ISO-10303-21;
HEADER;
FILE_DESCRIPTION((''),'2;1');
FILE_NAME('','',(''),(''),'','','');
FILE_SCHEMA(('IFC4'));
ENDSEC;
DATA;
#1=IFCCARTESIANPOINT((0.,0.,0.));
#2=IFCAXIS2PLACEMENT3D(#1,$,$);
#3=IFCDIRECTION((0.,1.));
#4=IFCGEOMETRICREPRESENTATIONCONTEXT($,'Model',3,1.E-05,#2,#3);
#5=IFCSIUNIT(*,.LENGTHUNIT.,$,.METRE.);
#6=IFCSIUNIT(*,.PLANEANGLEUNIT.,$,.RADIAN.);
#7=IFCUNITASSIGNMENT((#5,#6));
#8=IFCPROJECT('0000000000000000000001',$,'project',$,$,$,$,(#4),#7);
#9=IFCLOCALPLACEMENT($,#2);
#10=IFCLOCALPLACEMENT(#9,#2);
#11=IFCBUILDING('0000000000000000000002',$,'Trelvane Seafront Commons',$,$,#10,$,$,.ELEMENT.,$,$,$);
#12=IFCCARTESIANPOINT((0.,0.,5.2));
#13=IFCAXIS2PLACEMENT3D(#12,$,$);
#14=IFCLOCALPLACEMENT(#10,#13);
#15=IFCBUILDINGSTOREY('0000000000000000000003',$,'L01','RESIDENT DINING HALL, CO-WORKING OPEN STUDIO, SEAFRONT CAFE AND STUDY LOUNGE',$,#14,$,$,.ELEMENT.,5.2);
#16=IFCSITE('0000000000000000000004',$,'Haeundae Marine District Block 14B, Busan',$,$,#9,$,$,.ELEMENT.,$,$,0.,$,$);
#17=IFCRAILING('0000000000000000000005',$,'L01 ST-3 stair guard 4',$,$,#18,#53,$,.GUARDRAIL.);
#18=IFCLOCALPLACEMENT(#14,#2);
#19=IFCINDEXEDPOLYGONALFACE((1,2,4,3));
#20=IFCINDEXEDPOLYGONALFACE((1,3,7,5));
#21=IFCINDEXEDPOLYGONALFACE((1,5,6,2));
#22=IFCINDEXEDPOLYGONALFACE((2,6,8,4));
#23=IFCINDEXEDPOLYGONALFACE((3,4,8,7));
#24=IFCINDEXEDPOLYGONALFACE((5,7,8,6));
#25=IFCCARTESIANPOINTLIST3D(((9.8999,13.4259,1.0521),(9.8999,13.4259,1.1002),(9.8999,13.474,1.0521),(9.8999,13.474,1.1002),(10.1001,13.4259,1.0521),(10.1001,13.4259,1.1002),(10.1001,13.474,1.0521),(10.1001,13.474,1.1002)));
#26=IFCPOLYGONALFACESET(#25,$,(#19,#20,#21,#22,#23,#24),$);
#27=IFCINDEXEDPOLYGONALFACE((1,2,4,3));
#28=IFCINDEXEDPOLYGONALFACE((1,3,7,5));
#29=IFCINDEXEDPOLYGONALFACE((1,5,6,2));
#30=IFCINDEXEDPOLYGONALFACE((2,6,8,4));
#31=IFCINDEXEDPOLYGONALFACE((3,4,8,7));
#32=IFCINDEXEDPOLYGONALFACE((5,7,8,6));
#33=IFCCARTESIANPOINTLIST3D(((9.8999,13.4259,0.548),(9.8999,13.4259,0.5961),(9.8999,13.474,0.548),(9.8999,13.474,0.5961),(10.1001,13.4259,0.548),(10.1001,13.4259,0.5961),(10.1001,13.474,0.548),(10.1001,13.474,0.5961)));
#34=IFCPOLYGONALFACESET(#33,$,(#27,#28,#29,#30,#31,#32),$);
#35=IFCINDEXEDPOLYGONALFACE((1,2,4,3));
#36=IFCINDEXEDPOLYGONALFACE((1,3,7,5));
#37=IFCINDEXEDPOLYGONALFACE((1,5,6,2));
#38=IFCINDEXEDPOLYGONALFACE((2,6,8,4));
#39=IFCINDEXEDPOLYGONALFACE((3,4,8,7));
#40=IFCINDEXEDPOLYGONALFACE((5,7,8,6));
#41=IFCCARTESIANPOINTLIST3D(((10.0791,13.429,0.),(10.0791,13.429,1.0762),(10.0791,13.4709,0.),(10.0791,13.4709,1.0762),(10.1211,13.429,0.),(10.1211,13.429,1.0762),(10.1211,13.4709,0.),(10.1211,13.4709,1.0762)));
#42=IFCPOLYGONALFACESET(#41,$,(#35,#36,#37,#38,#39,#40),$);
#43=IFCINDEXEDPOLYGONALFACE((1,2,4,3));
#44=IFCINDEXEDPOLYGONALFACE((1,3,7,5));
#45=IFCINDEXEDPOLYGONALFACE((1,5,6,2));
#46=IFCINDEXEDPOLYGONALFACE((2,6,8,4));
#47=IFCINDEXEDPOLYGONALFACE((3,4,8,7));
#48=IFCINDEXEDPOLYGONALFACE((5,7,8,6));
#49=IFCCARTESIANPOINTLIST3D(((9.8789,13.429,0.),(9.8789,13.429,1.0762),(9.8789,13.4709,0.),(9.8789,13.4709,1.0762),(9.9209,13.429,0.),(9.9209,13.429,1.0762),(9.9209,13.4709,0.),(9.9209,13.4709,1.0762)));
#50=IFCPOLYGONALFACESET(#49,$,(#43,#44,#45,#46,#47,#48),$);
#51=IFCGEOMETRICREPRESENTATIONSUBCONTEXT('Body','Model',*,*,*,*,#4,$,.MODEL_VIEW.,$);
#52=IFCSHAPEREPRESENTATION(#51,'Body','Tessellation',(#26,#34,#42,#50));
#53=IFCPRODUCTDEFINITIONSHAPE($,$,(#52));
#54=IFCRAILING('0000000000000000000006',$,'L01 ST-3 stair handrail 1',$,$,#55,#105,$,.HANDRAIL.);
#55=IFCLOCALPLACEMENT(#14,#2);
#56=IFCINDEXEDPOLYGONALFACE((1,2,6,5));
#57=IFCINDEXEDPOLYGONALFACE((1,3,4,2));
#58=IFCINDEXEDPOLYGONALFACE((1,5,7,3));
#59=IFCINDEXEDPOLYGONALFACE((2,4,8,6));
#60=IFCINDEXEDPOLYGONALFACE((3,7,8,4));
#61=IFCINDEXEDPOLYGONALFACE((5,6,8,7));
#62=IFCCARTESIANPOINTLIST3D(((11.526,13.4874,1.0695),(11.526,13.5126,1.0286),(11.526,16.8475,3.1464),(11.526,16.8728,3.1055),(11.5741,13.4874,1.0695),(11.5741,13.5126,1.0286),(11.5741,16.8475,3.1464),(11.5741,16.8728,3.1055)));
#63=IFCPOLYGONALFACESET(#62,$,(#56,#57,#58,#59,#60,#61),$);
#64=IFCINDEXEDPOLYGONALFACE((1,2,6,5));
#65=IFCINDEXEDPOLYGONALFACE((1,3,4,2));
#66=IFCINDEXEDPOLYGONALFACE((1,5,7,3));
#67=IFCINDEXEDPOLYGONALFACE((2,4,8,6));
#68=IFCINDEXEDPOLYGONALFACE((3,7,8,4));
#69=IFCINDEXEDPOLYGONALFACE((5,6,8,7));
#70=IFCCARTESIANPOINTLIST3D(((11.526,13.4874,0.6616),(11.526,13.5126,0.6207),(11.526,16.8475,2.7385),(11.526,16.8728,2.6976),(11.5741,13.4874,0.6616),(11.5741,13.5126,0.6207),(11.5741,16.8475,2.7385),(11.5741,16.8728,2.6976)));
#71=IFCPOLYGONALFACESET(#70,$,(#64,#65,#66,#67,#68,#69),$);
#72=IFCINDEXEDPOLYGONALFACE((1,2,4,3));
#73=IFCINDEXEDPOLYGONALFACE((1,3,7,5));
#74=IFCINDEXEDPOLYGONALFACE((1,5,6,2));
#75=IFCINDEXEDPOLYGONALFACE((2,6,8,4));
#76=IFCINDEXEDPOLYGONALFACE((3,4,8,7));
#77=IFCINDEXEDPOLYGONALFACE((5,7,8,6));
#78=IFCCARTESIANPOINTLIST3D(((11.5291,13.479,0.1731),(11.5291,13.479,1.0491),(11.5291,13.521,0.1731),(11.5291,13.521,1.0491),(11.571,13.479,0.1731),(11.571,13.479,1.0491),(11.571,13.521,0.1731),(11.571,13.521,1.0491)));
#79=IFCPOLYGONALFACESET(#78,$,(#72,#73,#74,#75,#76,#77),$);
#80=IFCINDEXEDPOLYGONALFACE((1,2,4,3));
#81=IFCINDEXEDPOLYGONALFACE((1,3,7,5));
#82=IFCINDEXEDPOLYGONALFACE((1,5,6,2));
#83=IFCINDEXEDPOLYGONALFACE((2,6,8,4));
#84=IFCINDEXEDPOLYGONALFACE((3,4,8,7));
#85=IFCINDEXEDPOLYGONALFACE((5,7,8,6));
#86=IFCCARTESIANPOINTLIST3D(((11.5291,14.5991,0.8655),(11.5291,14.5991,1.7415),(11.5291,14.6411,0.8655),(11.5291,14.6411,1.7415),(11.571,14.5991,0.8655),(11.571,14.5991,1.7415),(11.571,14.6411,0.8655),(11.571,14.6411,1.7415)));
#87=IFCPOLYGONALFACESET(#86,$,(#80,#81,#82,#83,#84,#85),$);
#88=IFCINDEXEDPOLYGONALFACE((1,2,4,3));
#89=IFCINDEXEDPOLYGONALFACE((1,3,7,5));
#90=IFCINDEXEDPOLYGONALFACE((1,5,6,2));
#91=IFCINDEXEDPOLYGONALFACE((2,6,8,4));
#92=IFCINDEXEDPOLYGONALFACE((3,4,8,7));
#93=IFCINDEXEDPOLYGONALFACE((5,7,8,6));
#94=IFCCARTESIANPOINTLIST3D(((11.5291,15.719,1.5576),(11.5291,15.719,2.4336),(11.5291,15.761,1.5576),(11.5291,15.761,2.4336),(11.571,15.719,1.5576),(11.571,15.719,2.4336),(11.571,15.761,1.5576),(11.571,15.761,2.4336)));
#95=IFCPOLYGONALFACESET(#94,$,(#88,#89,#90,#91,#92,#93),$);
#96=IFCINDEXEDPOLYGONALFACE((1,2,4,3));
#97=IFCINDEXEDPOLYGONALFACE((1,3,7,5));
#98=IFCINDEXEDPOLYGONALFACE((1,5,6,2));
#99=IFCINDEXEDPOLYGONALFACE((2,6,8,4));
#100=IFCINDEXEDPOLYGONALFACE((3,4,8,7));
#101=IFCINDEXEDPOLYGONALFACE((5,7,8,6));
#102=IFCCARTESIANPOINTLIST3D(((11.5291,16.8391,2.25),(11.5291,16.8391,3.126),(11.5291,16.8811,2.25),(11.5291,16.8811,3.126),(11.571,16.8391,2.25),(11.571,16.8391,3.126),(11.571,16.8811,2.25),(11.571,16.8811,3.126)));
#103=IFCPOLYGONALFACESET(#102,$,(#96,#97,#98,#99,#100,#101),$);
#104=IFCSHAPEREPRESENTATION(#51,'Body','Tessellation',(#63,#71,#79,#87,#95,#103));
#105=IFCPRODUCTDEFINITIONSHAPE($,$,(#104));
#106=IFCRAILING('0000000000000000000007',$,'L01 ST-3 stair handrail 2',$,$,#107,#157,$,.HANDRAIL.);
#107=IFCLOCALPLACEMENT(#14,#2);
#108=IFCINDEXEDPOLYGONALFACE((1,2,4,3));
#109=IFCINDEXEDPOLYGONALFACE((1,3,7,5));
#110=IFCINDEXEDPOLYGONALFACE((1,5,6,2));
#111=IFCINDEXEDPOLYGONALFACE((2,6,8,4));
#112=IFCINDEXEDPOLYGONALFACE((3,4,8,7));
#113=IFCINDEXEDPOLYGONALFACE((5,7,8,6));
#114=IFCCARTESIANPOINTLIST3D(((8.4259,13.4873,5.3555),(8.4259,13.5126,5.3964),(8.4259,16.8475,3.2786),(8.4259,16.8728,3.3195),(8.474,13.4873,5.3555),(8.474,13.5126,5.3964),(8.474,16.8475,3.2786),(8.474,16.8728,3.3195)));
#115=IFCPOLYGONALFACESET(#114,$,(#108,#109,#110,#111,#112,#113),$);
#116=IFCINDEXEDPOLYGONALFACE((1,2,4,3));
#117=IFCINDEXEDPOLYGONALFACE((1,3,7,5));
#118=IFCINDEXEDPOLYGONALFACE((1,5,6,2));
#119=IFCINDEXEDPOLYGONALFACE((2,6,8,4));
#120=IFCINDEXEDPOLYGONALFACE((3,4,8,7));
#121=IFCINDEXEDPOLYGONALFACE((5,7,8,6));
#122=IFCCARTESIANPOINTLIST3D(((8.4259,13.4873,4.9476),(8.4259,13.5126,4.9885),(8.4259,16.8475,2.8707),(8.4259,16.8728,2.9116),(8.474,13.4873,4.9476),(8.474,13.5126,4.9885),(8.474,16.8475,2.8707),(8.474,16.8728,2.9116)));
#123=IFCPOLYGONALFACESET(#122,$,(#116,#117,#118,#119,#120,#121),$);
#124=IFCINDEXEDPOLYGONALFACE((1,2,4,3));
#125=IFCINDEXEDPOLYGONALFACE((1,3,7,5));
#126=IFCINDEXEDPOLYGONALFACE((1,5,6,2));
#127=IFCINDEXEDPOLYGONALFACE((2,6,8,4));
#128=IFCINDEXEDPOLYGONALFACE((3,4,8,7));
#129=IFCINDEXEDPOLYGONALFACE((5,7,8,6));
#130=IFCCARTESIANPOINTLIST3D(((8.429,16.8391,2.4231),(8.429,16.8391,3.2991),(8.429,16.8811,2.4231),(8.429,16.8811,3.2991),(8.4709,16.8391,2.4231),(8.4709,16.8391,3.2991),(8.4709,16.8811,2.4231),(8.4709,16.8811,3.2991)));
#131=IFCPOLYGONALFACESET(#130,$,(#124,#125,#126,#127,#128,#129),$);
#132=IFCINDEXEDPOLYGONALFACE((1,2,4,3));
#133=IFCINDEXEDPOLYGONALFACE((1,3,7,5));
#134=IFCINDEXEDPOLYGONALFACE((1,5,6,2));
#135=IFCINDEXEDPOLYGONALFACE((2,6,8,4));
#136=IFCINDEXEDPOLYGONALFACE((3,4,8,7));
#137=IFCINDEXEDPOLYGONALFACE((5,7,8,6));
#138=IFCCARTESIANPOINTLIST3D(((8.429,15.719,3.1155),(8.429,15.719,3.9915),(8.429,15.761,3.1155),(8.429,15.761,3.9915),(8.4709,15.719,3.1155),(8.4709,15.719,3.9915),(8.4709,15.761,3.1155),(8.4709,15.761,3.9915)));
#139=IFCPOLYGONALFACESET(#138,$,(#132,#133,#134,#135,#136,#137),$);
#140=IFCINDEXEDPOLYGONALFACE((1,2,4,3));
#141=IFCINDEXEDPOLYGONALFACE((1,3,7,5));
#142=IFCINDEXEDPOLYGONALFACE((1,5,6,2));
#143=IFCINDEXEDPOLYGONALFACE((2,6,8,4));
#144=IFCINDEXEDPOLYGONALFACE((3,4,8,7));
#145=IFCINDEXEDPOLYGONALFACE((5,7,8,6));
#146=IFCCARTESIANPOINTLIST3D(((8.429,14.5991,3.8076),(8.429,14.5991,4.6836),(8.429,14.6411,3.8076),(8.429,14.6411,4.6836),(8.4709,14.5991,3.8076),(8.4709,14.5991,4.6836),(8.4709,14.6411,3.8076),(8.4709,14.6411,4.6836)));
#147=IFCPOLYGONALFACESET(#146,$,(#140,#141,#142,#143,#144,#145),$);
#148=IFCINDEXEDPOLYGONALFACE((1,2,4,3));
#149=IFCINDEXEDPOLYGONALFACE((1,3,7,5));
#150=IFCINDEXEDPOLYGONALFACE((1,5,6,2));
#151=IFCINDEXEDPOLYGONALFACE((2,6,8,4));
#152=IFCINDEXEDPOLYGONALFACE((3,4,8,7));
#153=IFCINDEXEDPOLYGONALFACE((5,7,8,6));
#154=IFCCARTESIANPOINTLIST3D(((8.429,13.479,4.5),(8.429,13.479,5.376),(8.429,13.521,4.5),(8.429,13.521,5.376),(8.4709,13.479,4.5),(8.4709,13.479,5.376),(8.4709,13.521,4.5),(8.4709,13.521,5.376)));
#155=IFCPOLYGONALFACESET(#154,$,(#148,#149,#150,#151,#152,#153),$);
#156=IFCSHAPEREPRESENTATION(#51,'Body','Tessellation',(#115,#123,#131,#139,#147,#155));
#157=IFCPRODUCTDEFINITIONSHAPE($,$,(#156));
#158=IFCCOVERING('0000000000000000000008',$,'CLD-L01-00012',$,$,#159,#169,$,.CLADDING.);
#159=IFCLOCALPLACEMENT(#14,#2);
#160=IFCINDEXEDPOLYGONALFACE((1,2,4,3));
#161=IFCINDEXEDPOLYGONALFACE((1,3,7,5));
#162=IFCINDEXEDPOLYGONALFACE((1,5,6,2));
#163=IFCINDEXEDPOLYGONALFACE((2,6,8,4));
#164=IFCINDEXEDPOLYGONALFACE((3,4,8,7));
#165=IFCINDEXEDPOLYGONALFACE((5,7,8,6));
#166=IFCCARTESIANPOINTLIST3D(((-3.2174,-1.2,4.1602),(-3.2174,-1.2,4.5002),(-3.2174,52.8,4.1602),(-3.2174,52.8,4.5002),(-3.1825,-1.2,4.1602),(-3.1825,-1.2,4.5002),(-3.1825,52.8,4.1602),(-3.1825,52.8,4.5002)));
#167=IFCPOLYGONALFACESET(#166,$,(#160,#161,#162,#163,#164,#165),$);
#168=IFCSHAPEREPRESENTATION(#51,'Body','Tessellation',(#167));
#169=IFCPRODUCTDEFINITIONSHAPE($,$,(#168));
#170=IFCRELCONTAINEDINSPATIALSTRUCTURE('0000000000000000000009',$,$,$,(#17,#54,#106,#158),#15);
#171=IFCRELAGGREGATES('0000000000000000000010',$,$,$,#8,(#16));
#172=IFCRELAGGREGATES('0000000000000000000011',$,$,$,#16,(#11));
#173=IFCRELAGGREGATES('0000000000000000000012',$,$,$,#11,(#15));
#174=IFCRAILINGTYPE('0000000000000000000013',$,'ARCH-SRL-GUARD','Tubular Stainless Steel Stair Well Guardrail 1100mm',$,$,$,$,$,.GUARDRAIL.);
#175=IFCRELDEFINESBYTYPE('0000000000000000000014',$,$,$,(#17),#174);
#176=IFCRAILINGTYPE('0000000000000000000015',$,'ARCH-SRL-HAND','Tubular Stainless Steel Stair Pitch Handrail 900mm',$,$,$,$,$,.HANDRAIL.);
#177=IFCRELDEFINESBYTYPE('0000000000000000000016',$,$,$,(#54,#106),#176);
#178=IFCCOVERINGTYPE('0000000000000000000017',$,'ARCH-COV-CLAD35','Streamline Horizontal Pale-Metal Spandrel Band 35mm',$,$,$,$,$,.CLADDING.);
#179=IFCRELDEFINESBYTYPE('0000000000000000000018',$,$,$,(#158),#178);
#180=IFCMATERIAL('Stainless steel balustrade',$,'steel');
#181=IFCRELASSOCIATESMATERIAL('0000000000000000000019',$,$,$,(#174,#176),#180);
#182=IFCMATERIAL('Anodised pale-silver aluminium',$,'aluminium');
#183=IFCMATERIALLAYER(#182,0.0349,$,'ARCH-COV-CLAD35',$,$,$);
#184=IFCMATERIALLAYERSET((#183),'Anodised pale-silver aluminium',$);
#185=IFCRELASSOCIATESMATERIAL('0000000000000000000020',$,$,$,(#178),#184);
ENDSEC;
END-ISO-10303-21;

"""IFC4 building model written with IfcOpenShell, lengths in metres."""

from ifc_helpers import new_model, si_unit, direction, frame, origin, origin_2d, place, context, subcontext, project, spatial, rectangle, extrude, source, transform, mapped, material, layer, layer_set, type_object, element, save


model = new_model("IFC4")

# Units and contexts
model_context = context("Model", 3, precision=1e-05, world=origin(), true_north=direction((0.0, 1.0)))
body_context = subcontext(model_context, "Body", "Model", "MODEL_VIEW")
ifc_project = project(units=[si_unit("LENGTHUNIT", "METRE"), si_unit("PLANEANGLEUNIT", "RADIAN")], contexts=[model_context])

# Site, building, storey
site_placement = place(None, origin())
site = spatial("IfcSite", under=ifc_project, at=site_placement, Name="Haeundae Marine District Block 14B, Busan", CompositionType="ELEMENT", RefElevation=0.0)
building_placement = place(site_placement, origin())
building = spatial("IfcBuilding", under=site, at=building_placement, Name="Trelvane Seafront Commons", CompositionType="ELEMENT")
storey_placement = place(building_placement, frame((0.0, 0.0, 5.2)))
storey = spatial("IfcBuildingStorey", under=building, at=storey_placement, Name="L01", Description="RESIDENT DINING HALL, CO-WORKING OPEN STUDIO, SEAFRONT CAFE AND STUDY LOUNGE", CompositionType="ELEMENT", Elevation=5.2)

# Shared definitions
ifc_material_1 = material(Name="Anodised pale-silver aluminium", Category="aluminium")

# Railings
ifc_material_2 = material(Name="Stainless steel balustrade", Category="steel")
railing_type_1 = type_object("IfcRailingType", Name="ARCH-SRL-GUARD", Description="Tubular Stainless Steel Stair Well Guardrail 1100mm", PredefinedType="GUARDRAIL", material=ifc_material_2)
railing_1_placement = place(storey_placement, frame((10.1001, 13.45, 0.0)))
element("IfcRailing", 1, at=railing_1_placement, inside=storey, type_object=railing_type_1, Name="L01 ST-3 stair guard 4", PredefinedType="GUARDRAIL", context=body_context, shape_type="SweptSolid", body=[
    extrude(rectangle(XDim=0.0481, YDim=0.0481, at=origin_2d()), frame((0.0, 0.0, 1.0762), z_axis=(-1.0, 0.0, 0.0), x_axis=(0.0, -1.0, 0.0)), (0.0, 0.0, 1.0), 0.2002),
    extrude(rectangle(XDim=0.0481, YDim=0.0481, at=origin_2d()), frame((0.0, 0.0, 0.572), z_axis=(-1.0, 0.0, 0.0), x_axis=(0.0, -1.0, 0.0)), (0.0, 0.0, 1.0), 0.2002),
    extrude(rectangle(XDim=0.042, YDim=0.042, at=origin_2d()), origin(), (0.0, 0.0, 1.0), 1.0762),
    extrude(rectangle(XDim=0.042, YDim=0.042, at=origin_2d()), frame((-0.2002, 0.0, 0.0)), (0.0, 0.0, 1.0), 1.0762),
])
railing_type_2 = type_object("IfcRailingType", Name="ARCH-SRL-HAND", Description="Tubular Stainless Steel Stair Pitch Handrail 900mm", PredefinedType="HANDRAIL", material=ifc_material_2)
railing_2_placement = place(storey_placement, frame((11.55, 13.5, 0.1731)))
element("IfcRailing", 2, at=railing_2_placement, inside=storey, type_object=railing_type_2, Name="L01 ST-3 stair handrail 1", PredefinedType="HANDRAIL", context=body_context, shape_type="SweptSolid", body=[
    extrude(rectangle(XDim=0.0481, YDim=0.0481, at=origin_2d()), frame((0.0, 0.0, 0.876), z_axis=(0.0, 0.850623, 0.525776), x_axis=(-1.0, 0.0, 0.0)), (0.0, 0.0, 1.0), 3.9502),
    extrude(rectangle(XDim=0.0481, YDim=0.0481, at=origin_2d()), frame((0.0, 0.0, 0.468), z_axis=(0.0, 0.850623, 0.525776), x_axis=(-1.0, 0.0, 0.0)), (0.0, 0.0, 1.0), 3.9502),
    extrude(rectangle(XDim=0.042, YDim=0.042, at=origin_2d()), origin(), (0.0, 0.0, 1.0), 0.876),
    extrude(rectangle(XDim=0.042, YDim=0.042, at=origin_2d()), frame((0.0, 1.1201, 0.6924)), (0.0, 0.0, 1.0), 0.876),
    extrude(rectangle(XDim=0.042, YDim=0.042, at=origin_2d()), frame((0.0, 2.24, 1.3845)), (0.0, 0.0, 1.0), 0.876),
    extrude(rectangle(XDim=0.042, YDim=0.042, at=origin_2d()), frame((0.0, 3.3601, 2.0769)), (0.0, 0.0, 1.0), 0.876),
])
railing_3_placement = place(storey_placement, frame((8.45, 16.8601, 2.4231)))
element("IfcRailing", 3, at=railing_3_placement, inside=storey, type_object=railing_type_2, Name="L01 ST-3 stair handrail 2", PredefinedType="HANDRAIL", context=body_context, shape_type="SweptSolid", body=[
    extrude(rectangle(XDim=0.0481, YDim=0.0481, at=origin_2d()), frame((0.0, 0.0, 0.876), z_axis=(0.0, -0.850623, 0.525776), x_axis=(1.0, 0.0, 0.0)), (0.0, 0.0, 1.0), 3.9502),
    extrude(rectangle(XDim=0.0481, YDim=0.0481, at=origin_2d()), frame((0.0, 0.0, 0.468), z_axis=(0.0, -0.850623, 0.525776), x_axis=(1.0, 0.0, 0.0)), (0.0, 0.0, 1.0), 3.9502),
    extrude(rectangle(XDim=0.042, YDim=0.042, at=origin_2d()), origin(), (0.0, 0.0, 1.0), 0.876),
    extrude(rectangle(XDim=0.042, YDim=0.042, at=origin_2d()), frame((0.0, -1.1201, 0.6924)), (0.0, 0.0, 1.0), 0.876),
    extrude(rectangle(XDim=0.042, YDim=0.042, at=origin_2d()), frame((0.0, -2.24, 1.3845)), (0.0, 0.0, 1.0), 0.876),
    extrude(rectangle(XDim=0.042, YDim=0.042, at=origin_2d()), frame((0.0, -3.3601, 2.0769)), (0.0, 0.0, 1.0), 0.876),
])

# Covering
ifc_layer_1 = layer(ifc_material_1, 0.0349, Name="ARCH-COV-CLAD35")
ifc_layer_set_1 = layer_set([ifc_layer_1], Name="Anodised pale-silver aluminium")
covering_type = type_object("IfcCoveringType", Name="ARCH-COV-CLAD35", Description="Streamline Horizontal Pale-Metal Spandrel Band 35mm", PredefinedType="CLADDING", material=ifc_layer_set_1)
shared_shape_1 = source(origin(), body_context, "Body", "SweptSolid", [
    extrude(rectangle(XDim=54.0, YDim=0.0349, at=origin_2d()), origin(), (0.0, 0.0, 1.0), 0.3401),
])
covering_placement = place(storey_placement, frame((-3.2, 25.8, 4.1602), z_axis=(0.0, 0.0, 1.0), x_axis=(0.0, 1.0, 0.0)))
element("IfcCovering", 4, at=covering_placement, inside=storey, type_object=covering_type, Name="CLD-L01-00012", PredefinedType="CLADDING", context=body_context, shape_type="MappedRepresentation", body=[
    mapped(shared_shape_1, transform((0.0, 0.0, 0.0), x_axis=(1.0, 0.0, 0.0), y_axis=(0.0, 1.0, 0.0), z_axis=(0.0, 0.0, 1.0), scale=1.0)),
])

save(model, "model.ifc")
